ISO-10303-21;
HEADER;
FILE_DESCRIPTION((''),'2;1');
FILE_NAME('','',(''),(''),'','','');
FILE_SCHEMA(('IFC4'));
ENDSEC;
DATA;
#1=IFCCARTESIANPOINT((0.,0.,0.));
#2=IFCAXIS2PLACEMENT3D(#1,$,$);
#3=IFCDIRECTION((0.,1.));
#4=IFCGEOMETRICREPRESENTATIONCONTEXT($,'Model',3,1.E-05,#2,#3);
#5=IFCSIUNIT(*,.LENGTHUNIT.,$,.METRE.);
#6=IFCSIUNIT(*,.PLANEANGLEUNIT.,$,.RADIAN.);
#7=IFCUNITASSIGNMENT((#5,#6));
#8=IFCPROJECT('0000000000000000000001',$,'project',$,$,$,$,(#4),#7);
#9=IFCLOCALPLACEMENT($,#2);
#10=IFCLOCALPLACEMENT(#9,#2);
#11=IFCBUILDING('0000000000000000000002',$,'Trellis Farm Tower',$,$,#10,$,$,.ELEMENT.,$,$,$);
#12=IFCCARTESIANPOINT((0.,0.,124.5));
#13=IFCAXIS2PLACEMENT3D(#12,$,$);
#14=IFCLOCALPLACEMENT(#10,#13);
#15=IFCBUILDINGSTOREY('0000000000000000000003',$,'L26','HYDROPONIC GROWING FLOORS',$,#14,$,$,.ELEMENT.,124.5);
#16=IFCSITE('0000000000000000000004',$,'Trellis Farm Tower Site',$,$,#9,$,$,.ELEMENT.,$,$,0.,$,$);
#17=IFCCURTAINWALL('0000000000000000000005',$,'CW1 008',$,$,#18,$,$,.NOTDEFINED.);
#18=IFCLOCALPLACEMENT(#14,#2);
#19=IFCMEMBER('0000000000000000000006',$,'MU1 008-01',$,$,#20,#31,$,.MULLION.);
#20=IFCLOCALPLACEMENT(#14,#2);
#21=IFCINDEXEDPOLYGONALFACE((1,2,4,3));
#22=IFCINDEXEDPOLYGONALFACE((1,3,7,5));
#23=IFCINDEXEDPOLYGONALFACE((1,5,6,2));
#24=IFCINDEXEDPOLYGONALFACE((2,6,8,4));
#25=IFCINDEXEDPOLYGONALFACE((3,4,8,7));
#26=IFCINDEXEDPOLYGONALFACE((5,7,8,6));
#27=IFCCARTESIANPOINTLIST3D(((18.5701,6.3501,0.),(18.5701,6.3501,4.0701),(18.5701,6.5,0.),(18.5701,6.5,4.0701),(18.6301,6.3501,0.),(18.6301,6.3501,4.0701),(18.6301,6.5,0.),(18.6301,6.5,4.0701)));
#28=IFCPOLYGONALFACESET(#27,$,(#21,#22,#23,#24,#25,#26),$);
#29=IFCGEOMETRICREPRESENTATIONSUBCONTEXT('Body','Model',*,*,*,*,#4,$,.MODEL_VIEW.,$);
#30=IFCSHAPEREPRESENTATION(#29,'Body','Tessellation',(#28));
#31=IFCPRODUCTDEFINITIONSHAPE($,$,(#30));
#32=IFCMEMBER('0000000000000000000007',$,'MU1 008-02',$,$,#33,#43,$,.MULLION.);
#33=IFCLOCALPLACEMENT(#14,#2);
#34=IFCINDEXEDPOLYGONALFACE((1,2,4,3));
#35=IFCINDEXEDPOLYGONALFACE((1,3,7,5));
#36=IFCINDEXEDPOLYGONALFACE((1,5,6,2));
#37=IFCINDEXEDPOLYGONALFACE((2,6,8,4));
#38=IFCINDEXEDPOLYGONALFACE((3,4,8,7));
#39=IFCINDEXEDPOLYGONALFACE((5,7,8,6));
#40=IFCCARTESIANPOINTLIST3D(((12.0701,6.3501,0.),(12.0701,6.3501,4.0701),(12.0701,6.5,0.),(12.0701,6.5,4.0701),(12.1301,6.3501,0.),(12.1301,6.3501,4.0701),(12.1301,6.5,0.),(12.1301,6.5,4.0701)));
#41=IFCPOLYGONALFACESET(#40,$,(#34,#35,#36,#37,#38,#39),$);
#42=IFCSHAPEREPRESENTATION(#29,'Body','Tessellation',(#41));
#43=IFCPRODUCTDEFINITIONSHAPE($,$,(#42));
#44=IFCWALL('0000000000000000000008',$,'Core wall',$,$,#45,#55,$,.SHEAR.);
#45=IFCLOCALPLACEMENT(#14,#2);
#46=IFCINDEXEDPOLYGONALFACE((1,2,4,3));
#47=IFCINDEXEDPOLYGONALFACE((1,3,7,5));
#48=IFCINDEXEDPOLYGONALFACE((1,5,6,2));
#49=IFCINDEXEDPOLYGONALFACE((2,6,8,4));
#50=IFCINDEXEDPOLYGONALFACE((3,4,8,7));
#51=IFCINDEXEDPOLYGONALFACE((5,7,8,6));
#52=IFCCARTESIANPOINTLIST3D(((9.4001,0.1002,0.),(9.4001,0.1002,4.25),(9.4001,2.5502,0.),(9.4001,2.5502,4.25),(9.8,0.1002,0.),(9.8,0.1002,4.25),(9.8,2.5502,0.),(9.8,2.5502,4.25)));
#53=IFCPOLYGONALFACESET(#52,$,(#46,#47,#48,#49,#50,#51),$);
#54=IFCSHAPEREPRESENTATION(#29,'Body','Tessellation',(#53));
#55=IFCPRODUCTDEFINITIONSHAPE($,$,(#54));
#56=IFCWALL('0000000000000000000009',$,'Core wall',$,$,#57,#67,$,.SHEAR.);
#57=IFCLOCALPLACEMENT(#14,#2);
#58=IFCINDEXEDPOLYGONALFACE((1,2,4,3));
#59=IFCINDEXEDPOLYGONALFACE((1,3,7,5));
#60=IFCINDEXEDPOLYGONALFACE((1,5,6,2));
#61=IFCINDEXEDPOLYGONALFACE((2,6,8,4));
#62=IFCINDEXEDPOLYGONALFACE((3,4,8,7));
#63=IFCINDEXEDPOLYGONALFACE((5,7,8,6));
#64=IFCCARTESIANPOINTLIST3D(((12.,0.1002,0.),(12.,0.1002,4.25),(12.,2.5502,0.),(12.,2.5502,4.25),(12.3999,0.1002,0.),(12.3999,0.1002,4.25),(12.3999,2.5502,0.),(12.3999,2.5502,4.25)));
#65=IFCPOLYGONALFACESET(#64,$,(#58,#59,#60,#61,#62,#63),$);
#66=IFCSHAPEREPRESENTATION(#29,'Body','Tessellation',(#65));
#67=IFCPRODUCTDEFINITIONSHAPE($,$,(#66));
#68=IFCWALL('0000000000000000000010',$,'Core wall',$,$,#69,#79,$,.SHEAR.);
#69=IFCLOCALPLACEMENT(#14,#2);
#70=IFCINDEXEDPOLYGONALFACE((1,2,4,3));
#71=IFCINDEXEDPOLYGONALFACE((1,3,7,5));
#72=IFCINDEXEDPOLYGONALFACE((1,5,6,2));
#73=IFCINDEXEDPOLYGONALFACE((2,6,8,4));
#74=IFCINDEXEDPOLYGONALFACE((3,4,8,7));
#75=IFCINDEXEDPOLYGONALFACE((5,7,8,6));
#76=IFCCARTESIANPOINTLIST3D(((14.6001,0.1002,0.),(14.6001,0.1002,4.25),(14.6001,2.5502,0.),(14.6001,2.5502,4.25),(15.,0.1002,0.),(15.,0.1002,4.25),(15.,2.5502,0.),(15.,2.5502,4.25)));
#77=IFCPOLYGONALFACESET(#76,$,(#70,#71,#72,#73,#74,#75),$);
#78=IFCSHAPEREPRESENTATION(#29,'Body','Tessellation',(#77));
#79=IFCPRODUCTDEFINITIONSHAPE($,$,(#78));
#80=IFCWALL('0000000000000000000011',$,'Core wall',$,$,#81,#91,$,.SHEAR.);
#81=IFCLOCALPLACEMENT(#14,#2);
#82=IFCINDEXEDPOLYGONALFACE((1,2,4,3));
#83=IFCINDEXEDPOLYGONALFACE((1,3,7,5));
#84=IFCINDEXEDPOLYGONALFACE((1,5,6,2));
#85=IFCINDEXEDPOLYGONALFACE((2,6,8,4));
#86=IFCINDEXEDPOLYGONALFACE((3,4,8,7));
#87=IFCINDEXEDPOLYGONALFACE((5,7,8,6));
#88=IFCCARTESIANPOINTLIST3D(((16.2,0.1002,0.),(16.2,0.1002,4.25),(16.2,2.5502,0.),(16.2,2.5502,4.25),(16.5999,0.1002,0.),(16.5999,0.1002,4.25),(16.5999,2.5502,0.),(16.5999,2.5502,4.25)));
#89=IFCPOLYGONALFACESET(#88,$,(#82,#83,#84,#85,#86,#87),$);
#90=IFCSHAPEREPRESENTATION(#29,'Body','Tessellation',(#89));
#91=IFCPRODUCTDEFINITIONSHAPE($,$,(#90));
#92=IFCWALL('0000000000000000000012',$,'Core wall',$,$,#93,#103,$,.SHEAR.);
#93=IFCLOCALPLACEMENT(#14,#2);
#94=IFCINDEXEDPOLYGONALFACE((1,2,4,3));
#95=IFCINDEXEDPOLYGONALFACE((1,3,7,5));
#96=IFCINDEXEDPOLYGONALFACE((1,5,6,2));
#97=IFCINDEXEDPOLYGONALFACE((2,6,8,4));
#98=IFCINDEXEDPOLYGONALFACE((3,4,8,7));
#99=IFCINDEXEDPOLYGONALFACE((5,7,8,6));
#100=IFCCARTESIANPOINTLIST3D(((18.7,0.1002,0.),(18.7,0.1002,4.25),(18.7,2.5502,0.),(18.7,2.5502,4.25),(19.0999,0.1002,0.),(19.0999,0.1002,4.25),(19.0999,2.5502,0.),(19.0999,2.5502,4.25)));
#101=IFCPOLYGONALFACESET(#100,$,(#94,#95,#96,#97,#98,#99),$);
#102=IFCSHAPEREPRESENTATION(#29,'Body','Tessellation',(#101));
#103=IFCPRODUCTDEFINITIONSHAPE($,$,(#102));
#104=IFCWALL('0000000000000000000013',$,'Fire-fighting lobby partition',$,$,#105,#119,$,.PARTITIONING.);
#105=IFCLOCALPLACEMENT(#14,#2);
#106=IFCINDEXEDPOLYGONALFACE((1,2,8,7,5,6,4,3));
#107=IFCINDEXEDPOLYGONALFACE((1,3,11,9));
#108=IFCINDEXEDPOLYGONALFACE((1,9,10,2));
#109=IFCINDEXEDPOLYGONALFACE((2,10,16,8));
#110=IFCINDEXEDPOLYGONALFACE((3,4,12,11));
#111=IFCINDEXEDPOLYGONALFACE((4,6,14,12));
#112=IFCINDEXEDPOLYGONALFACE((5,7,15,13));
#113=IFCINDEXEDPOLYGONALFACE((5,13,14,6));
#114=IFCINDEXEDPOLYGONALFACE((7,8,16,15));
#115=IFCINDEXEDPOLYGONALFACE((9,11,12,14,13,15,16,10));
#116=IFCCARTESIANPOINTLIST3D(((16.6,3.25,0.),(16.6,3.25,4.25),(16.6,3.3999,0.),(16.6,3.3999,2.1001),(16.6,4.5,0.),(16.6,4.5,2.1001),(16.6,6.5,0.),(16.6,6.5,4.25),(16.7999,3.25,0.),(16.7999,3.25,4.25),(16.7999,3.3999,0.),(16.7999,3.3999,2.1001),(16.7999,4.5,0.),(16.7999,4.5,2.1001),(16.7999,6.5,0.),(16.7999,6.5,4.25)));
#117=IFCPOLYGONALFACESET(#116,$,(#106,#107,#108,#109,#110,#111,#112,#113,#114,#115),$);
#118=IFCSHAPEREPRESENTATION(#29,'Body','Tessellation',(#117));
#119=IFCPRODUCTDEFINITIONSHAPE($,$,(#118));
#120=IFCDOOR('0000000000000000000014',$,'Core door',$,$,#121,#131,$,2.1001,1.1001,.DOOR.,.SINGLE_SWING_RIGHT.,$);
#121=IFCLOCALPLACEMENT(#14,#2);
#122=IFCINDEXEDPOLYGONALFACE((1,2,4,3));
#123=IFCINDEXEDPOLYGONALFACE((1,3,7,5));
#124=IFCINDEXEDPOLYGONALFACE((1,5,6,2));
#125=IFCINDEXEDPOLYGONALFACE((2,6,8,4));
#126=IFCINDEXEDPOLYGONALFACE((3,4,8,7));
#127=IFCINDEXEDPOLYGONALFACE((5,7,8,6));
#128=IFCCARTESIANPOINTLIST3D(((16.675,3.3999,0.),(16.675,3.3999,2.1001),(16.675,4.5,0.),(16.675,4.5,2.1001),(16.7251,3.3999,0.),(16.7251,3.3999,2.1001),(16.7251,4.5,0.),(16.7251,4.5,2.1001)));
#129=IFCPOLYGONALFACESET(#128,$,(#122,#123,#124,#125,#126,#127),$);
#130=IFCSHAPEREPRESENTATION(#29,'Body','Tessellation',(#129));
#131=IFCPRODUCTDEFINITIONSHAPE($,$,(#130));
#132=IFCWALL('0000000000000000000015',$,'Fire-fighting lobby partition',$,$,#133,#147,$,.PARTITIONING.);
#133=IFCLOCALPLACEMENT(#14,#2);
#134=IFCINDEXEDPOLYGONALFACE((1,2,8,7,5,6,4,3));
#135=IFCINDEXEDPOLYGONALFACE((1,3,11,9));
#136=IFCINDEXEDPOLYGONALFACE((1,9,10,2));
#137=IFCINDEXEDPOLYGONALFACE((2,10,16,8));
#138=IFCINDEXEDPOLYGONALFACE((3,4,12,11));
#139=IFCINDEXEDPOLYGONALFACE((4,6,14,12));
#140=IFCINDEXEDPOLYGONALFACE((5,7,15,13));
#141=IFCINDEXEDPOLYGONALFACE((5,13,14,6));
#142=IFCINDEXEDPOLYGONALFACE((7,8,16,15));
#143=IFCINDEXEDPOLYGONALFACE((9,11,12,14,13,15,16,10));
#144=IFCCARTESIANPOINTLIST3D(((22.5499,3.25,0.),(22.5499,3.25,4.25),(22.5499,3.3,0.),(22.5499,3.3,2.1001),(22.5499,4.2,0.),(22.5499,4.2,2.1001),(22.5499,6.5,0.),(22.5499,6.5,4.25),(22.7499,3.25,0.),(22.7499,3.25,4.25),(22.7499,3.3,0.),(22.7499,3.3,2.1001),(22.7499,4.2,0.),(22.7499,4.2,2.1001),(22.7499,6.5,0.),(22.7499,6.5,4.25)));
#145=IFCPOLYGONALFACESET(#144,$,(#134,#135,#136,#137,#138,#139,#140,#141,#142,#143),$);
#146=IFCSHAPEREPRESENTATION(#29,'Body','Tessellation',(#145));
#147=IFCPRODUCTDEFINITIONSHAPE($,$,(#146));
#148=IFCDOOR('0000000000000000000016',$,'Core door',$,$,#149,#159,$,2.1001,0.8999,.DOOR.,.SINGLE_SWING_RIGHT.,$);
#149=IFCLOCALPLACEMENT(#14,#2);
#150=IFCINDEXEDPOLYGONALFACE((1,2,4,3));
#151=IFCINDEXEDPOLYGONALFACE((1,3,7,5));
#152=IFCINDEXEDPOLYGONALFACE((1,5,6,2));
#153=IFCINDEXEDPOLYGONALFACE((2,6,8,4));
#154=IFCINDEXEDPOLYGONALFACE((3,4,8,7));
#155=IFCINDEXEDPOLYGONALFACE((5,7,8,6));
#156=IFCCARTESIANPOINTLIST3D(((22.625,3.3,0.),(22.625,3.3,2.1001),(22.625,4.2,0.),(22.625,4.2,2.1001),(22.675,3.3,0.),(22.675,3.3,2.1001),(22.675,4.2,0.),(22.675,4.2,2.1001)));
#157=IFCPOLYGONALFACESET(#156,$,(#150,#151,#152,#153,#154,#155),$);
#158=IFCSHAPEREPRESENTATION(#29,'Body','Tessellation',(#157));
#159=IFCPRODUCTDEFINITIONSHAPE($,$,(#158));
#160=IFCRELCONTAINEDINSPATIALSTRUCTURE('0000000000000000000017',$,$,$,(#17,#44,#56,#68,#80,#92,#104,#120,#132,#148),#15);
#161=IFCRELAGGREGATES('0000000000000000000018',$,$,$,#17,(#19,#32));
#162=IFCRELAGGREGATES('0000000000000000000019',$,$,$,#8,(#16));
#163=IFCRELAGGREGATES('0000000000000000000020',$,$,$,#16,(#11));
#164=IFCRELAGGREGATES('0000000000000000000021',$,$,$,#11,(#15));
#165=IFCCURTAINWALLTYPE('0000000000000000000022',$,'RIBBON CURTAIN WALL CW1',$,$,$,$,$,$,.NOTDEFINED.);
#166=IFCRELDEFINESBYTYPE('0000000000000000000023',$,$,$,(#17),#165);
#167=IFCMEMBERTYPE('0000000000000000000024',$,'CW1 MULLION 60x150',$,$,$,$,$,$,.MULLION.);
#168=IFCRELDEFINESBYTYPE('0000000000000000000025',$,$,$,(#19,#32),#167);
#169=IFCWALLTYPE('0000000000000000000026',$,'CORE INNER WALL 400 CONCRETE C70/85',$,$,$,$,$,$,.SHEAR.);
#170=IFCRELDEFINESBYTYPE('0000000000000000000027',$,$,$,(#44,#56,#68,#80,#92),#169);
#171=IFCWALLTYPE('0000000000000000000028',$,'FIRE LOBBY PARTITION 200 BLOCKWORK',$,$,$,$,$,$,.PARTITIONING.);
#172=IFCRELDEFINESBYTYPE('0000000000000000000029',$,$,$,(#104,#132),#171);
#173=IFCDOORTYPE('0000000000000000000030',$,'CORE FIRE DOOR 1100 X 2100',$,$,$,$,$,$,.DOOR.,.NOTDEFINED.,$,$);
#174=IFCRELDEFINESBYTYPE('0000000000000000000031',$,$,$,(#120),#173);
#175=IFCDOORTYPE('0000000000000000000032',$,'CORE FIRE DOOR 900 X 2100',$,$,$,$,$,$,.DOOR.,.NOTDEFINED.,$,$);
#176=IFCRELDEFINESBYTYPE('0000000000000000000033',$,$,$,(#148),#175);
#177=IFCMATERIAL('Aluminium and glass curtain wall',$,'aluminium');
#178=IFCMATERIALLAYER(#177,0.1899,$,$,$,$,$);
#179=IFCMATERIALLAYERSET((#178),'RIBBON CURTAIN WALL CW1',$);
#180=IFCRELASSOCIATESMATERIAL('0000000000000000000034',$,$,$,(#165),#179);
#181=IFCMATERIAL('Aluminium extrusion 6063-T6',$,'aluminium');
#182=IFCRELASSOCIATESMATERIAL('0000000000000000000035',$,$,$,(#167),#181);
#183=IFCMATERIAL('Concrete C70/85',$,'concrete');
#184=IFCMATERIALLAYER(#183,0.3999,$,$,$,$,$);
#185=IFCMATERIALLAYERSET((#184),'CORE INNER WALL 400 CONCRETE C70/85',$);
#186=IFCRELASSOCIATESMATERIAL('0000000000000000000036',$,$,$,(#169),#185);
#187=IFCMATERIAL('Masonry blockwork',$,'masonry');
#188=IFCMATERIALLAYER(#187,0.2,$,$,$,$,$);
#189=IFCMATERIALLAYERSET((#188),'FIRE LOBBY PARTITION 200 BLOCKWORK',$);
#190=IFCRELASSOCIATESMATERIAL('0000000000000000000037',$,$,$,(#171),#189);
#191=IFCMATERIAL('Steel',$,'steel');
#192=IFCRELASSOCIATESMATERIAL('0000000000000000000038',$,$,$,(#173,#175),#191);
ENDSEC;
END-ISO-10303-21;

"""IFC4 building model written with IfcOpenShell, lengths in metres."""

from ifc_helpers import new_model, si_unit, direction, frame, frame_2d, origin, origin_2d, place, context, subcontext, project, spatial, rectangle, extrude, source, transform, mapped, material, layer, layer_set, material_profile, profile_set, type_object, element, fill, aggregate, save


model = new_model("IFC4")

# Units and contexts
model_context = context("Model", 3, precision=1e-05, world=origin(), true_north=direction((0.0, 1.0)))
body_context = subcontext(model_context, "Body", "Model", "MODEL_VIEW")
ifc_project = project(units=[si_unit("LENGTHUNIT", "METRE"), si_unit("PLANEANGLEUNIT", "RADIAN")], contexts=[model_context])

# Site, building, storey
site_placement = place(None, origin())
site = spatial("IfcSite", under=ifc_project, at=site_placement, Name="Trellis Farm Tower Site", CompositionType="ELEMENT", RefElevation=0.0)
building_placement = place(site_placement, origin())
building = spatial("IfcBuilding", under=site, at=building_placement, Name="Trellis Farm Tower", CompositionType="ELEMENT")
storey_placement = place(building_placement, frame((0.0, 0.0, 124.5)))
storey = spatial("IfcBuildingStorey", under=building, at=storey_placement, Name="L26", Description="HYDROPONIC GROWING FLOORS", CompositionType="ELEMENT", Elevation=124.5)

# Curtain wall, members
ifc_material_1 = material(Name="Aluminium and glass curtain wall", Category="aluminium")
ifc_layer_1 = layer(ifc_material_1, 0.1899)
ifc_layer_set_1 = layer_set([ifc_layer_1], Name="RIBBON CURTAIN WALL CW1")
curtain_wall_type = type_object("IfcCurtainWallType", Name="RIBBON CURTAIN WALL CW1", PredefinedType="NOTDEFINED", material=ifc_layer_set_1)
placement = place(storey_placement, origin())
ifc_material_2 = material(Name="Aluminium extrusion 6063-T6", Category="aluminium")
ifc_material_profile_1 = material_profile(ifc_material_2, rectangle(XDim=0.0601, YDim=0.1499, at=origin_2d()), Name="MULLION 60x150")
ifc_profile_set_1 = profile_set([ifc_material_profile_1], Name="Aluminium extrusion 6063-T6")
member_type = type_object("IfcMemberType", Name="CW1 MULLION 60x150", PredefinedType="MULLION", material=ifc_profile_set_1)
shared_shape_1 = source(origin(), body_context, "Body", "SweptSolid", [
    extrude(rectangle(XDim=0.0601, YDim=0.1499, at=origin_2d()), origin(), (0.0, 0.0, 1.0), 4.0701),
])
curtain_wall_1 = element("IfcCurtainWall", 1, at=placement, inside=storey, type_object=curtain_wall_type, Name="CW1 008", PredefinedType="NOTDEFINED")
member_1_placement = place(storey_placement, frame((18.6001, 6.425, 0.0), z_axis=(0.0, 0.0, 1.0), x_axis=(-1.0, 0.0, 0.0)))
member_1 = element("IfcMember", 2, at=member_1_placement, type_object=member_type, Name="MU1 008-01", PredefinedType="MULLION", context=body_context, shape_type="MappedRepresentation", body=[
    mapped(shared_shape_1, transform((0.0, 0.0, 0.0))),
])
member_2_placement = place(storey_placement, frame((12.1001, 6.425, 0.0), z_axis=(0.0, 0.0, 1.0), x_axis=(-1.0, 0.0, 0.0)))
member_2 = element("IfcMember", 3, at=member_2_placement, type_object=member_type, Name="MU1 008-02", PredefinedType="MULLION", context=body_context, shape_type="MappedRepresentation", body=[
    mapped(shared_shape_1, transform((0.0, 0.0, 0.0))),
])
aggregate(curtain_wall_1, [member_1, member_2])

# Walls
ifc_material_3 = material(Name="Concrete C70/85", Category="concrete")
ifc_layer_2 = layer(ifc_material_3, 0.3999)
ifc_layer_set_2 = layer_set([ifc_layer_2], Name="CORE INNER WALL 400 CONCRETE C70/85")
wall_type_1 = type_object("IfcWallType", Name="CORE INNER WALL 400 CONCRETE C70/85", PredefinedType="SHEAR", material=ifc_layer_set_2)
shared_shape_2 = source(origin(), body_context, "Body", "SweptSolid", [
    extrude(rectangle(XDim=2.45, YDim=0.3999, at=frame_2d((1.2251, 0.0))), origin(), (0.0, 0.0, 1.0), 4.25),
])
for number, where, z_axis, x_axis, name in (
    (4, (9.6001, 0.1001, 0.0), (0.0, 0.0, 1.0), (0.0, 1.0, 0.0), "Core wall"),
    (5, (12.2, 0.1001, 0.0), (0.0, 0.0, 1.0), (0.0, 1.0, 0.0), "Core wall"),
    (6, (14.8, 0.1001, 0.0), (0.0, 0.0, 1.0), (0.0, 1.0, 0.0), "Core wall"),
    (7, (16.3999, 0.1001, 0.0), (0.0, 0.0, 1.0), (0.0, 1.0, 0.0), "Core wall"),
    (8, (18.8999, 0.1001, 0.0), (0.0, 0.0, 1.0), (0.0, 1.0, 0.0), "Core wall"),
):
    element("IfcWall", number, at=place(storey_placement, frame(where, z_axis=z_axis, x_axis=x_axis)), inside=storey, type_object=wall_type_1, Name=name, PredefinedType="SHEAR", context=body_context, shape_type="MappedRepresentation", body=[
        mapped(shared_shape_2, transform((0.0, 0.0, 0.0))),
    ])

# Walls, openings, doors
ifc_material_4 = material(Name="Masonry blockwork", Category="masonry")
ifc_layer_3 = layer(ifc_material_4, 0.2)
ifc_layer_set_3 = layer_set([ifc_layer_3], Name="FIRE LOBBY PARTITION 200 BLOCKWORK")
wall_type_2 = type_object("IfcWallType", Name="FIRE LOBBY PARTITION 200 BLOCKWORK", PredefinedType="PARTITIONING", material=ifc_layer_set_3)
shared_shape_3 = source(origin(), body_context, "Body", "SweptSolid", [
    extrude(rectangle(XDim=3.25, YDim=0.2, at=frame_2d((1.625, 0.0))), origin(), (0.0, 0.0, 1.0), 4.25),
])
wall_1_placement = place(storey_placement, frame((16.7, 3.25, 0.0), z_axis=(0.0, 0.0, 1.0), x_axis=(0.0, 1.0, 0.0)))
wall_1 = element("IfcWall", 9, at=wall_1_placement, inside=storey, type_object=wall_type_2, Name="Fire-fighting lobby partition", PredefinedType="PARTITIONING", context=body_context, shape_type="MappedRepresentation", body=[
    mapped(shared_shape_3, transform((0.0, 0.0, 0.0))),
])
shared_shape_4 = source(origin(), body_context, "Body", "SweptSolid", [
    extrude(rectangle(XDim=1.1001, YDim=2.1001, at=frame_2d((0.55, 1.05))), frame((0.0, 0.1101, 0.0), z_axis=(0.0, -1.0, 0.0), x_axis=(1.0, 0.0, 0.0)), (0.0, 0.0, 1.0), 0.2202),
])
opening_1_placement = place(wall_1_placement, frame((0.1499, 0.0, 0.0)))
opening_1 = element("IfcOpeningElement", 10, at=opening_1_placement, cuts=wall_1, PredefinedType="OPENING", context=body_context, shape_type="MappedRepresentation", body=[
    mapped(shared_shape_4, transform((0.0, 0.0, 0.0))),
])
ifc_material_5 = material(Name="Steel", Category="steel")
door_type_1 = type_object("IfcDoorType", Name="CORE FIRE DOOR 1100 X 2100", OperationType="NOTDEFINED", PredefinedType="DOOR", material=ifc_material_5)
shared_shape_5 = source(origin(), body_context, "Body", "SweptSolid", [
    extrude(rectangle(XDim=1.1001, YDim=2.1001, at=frame_2d((0.55, 1.05))), frame((0.0, 0.0249, 0.0), z_axis=(0.0, -1.0, 0.0), x_axis=(1.0, 0.0, 0.0)), (0.0, 0.0, 1.0), 0.05),
])
door_1_placement = place(opening_1_placement, origin())
door_1 = element("IfcDoor", 11, at=door_1_placement, inside=storey, type_object=door_type_1, Name="Core door", OperationType="SINGLE_SWING_RIGHT", OverallHeight=2.1001, OverallWidth=1.1001, PredefinedType="DOOR", context=body_context, shape_type="MappedRepresentation", body=[
    mapped(shared_shape_5, transform((0.0, 0.0, 0.0))),
])
fill(opening_1, door_1)
wall_2_placement = place(storey_placement, frame((22.6499, 3.25, 0.0), z_axis=(0.0, 0.0, 1.0), x_axis=(0.0, 1.0, 0.0)))
wall_2 = element("IfcWall", 12, at=wall_2_placement, inside=storey, type_object=wall_type_2, Name="Fire-fighting lobby partition", PredefinedType="PARTITIONING", context=body_context, shape_type="MappedRepresentation", body=[
    mapped(shared_shape_3, transform((0.0, 0.0, 0.0))),
])
shared_shape_6 = source(origin(), body_context, "Body", "SweptSolid", [
    extrude(rectangle(XDim=0.8999, YDim=2.1001, at=frame_2d((0.45, 1.05))), frame((0.0, 0.1101, 0.0), z_axis=(0.0, -1.0, 0.0), x_axis=(1.0, 0.0, 0.0)), (0.0, 0.0, 1.0), 0.2202),
])
opening_2_placement = place(wall_2_placement, frame((0.05, 0.0, 0.0)))
opening_2 = element("IfcOpeningElement", 13, at=opening_2_placement, cuts=wall_2, PredefinedType="OPENING", context=body_context, shape_type="MappedRepresentation", body=[
    mapped(shared_shape_6, transform((0.0, 0.0, 0.0))),
])
door_type_2 = type_object("IfcDoorType", Name="CORE FIRE DOOR 900 X 2100", OperationType="NOTDEFINED", PredefinedType="DOOR", material=ifc_material_5)
shared_shape_7 = source(origin(), body_context, "Body", "SweptSolid", [
    extrude(rectangle(XDim=0.8999, YDim=2.1001, at=frame_2d((0.45, 1.05))), frame((0.0, 0.0249, 0.0), z_axis=(0.0, -1.0, 0.0), x_axis=(1.0, 0.0, 0.0)), (0.0, 0.0, 1.0), 0.05),
])
door_2_placement = place(opening_2_placement, origin())
door_2 = element("IfcDoor", 14, at=door_2_placement, inside=storey, type_object=door_type_2, Name="Core door", OperationType="SINGLE_SWING_RIGHT", OverallHeight=2.1001, OverallWidth=0.8999, PredefinedType="DOOR", context=body_context, shape_type="MappedRepresentation", body=[
    mapped(shared_shape_7, transform((0.0, 0.0, 0.0))),
])
fill(opening_2, door_2)

save(model, "model.ifc")
